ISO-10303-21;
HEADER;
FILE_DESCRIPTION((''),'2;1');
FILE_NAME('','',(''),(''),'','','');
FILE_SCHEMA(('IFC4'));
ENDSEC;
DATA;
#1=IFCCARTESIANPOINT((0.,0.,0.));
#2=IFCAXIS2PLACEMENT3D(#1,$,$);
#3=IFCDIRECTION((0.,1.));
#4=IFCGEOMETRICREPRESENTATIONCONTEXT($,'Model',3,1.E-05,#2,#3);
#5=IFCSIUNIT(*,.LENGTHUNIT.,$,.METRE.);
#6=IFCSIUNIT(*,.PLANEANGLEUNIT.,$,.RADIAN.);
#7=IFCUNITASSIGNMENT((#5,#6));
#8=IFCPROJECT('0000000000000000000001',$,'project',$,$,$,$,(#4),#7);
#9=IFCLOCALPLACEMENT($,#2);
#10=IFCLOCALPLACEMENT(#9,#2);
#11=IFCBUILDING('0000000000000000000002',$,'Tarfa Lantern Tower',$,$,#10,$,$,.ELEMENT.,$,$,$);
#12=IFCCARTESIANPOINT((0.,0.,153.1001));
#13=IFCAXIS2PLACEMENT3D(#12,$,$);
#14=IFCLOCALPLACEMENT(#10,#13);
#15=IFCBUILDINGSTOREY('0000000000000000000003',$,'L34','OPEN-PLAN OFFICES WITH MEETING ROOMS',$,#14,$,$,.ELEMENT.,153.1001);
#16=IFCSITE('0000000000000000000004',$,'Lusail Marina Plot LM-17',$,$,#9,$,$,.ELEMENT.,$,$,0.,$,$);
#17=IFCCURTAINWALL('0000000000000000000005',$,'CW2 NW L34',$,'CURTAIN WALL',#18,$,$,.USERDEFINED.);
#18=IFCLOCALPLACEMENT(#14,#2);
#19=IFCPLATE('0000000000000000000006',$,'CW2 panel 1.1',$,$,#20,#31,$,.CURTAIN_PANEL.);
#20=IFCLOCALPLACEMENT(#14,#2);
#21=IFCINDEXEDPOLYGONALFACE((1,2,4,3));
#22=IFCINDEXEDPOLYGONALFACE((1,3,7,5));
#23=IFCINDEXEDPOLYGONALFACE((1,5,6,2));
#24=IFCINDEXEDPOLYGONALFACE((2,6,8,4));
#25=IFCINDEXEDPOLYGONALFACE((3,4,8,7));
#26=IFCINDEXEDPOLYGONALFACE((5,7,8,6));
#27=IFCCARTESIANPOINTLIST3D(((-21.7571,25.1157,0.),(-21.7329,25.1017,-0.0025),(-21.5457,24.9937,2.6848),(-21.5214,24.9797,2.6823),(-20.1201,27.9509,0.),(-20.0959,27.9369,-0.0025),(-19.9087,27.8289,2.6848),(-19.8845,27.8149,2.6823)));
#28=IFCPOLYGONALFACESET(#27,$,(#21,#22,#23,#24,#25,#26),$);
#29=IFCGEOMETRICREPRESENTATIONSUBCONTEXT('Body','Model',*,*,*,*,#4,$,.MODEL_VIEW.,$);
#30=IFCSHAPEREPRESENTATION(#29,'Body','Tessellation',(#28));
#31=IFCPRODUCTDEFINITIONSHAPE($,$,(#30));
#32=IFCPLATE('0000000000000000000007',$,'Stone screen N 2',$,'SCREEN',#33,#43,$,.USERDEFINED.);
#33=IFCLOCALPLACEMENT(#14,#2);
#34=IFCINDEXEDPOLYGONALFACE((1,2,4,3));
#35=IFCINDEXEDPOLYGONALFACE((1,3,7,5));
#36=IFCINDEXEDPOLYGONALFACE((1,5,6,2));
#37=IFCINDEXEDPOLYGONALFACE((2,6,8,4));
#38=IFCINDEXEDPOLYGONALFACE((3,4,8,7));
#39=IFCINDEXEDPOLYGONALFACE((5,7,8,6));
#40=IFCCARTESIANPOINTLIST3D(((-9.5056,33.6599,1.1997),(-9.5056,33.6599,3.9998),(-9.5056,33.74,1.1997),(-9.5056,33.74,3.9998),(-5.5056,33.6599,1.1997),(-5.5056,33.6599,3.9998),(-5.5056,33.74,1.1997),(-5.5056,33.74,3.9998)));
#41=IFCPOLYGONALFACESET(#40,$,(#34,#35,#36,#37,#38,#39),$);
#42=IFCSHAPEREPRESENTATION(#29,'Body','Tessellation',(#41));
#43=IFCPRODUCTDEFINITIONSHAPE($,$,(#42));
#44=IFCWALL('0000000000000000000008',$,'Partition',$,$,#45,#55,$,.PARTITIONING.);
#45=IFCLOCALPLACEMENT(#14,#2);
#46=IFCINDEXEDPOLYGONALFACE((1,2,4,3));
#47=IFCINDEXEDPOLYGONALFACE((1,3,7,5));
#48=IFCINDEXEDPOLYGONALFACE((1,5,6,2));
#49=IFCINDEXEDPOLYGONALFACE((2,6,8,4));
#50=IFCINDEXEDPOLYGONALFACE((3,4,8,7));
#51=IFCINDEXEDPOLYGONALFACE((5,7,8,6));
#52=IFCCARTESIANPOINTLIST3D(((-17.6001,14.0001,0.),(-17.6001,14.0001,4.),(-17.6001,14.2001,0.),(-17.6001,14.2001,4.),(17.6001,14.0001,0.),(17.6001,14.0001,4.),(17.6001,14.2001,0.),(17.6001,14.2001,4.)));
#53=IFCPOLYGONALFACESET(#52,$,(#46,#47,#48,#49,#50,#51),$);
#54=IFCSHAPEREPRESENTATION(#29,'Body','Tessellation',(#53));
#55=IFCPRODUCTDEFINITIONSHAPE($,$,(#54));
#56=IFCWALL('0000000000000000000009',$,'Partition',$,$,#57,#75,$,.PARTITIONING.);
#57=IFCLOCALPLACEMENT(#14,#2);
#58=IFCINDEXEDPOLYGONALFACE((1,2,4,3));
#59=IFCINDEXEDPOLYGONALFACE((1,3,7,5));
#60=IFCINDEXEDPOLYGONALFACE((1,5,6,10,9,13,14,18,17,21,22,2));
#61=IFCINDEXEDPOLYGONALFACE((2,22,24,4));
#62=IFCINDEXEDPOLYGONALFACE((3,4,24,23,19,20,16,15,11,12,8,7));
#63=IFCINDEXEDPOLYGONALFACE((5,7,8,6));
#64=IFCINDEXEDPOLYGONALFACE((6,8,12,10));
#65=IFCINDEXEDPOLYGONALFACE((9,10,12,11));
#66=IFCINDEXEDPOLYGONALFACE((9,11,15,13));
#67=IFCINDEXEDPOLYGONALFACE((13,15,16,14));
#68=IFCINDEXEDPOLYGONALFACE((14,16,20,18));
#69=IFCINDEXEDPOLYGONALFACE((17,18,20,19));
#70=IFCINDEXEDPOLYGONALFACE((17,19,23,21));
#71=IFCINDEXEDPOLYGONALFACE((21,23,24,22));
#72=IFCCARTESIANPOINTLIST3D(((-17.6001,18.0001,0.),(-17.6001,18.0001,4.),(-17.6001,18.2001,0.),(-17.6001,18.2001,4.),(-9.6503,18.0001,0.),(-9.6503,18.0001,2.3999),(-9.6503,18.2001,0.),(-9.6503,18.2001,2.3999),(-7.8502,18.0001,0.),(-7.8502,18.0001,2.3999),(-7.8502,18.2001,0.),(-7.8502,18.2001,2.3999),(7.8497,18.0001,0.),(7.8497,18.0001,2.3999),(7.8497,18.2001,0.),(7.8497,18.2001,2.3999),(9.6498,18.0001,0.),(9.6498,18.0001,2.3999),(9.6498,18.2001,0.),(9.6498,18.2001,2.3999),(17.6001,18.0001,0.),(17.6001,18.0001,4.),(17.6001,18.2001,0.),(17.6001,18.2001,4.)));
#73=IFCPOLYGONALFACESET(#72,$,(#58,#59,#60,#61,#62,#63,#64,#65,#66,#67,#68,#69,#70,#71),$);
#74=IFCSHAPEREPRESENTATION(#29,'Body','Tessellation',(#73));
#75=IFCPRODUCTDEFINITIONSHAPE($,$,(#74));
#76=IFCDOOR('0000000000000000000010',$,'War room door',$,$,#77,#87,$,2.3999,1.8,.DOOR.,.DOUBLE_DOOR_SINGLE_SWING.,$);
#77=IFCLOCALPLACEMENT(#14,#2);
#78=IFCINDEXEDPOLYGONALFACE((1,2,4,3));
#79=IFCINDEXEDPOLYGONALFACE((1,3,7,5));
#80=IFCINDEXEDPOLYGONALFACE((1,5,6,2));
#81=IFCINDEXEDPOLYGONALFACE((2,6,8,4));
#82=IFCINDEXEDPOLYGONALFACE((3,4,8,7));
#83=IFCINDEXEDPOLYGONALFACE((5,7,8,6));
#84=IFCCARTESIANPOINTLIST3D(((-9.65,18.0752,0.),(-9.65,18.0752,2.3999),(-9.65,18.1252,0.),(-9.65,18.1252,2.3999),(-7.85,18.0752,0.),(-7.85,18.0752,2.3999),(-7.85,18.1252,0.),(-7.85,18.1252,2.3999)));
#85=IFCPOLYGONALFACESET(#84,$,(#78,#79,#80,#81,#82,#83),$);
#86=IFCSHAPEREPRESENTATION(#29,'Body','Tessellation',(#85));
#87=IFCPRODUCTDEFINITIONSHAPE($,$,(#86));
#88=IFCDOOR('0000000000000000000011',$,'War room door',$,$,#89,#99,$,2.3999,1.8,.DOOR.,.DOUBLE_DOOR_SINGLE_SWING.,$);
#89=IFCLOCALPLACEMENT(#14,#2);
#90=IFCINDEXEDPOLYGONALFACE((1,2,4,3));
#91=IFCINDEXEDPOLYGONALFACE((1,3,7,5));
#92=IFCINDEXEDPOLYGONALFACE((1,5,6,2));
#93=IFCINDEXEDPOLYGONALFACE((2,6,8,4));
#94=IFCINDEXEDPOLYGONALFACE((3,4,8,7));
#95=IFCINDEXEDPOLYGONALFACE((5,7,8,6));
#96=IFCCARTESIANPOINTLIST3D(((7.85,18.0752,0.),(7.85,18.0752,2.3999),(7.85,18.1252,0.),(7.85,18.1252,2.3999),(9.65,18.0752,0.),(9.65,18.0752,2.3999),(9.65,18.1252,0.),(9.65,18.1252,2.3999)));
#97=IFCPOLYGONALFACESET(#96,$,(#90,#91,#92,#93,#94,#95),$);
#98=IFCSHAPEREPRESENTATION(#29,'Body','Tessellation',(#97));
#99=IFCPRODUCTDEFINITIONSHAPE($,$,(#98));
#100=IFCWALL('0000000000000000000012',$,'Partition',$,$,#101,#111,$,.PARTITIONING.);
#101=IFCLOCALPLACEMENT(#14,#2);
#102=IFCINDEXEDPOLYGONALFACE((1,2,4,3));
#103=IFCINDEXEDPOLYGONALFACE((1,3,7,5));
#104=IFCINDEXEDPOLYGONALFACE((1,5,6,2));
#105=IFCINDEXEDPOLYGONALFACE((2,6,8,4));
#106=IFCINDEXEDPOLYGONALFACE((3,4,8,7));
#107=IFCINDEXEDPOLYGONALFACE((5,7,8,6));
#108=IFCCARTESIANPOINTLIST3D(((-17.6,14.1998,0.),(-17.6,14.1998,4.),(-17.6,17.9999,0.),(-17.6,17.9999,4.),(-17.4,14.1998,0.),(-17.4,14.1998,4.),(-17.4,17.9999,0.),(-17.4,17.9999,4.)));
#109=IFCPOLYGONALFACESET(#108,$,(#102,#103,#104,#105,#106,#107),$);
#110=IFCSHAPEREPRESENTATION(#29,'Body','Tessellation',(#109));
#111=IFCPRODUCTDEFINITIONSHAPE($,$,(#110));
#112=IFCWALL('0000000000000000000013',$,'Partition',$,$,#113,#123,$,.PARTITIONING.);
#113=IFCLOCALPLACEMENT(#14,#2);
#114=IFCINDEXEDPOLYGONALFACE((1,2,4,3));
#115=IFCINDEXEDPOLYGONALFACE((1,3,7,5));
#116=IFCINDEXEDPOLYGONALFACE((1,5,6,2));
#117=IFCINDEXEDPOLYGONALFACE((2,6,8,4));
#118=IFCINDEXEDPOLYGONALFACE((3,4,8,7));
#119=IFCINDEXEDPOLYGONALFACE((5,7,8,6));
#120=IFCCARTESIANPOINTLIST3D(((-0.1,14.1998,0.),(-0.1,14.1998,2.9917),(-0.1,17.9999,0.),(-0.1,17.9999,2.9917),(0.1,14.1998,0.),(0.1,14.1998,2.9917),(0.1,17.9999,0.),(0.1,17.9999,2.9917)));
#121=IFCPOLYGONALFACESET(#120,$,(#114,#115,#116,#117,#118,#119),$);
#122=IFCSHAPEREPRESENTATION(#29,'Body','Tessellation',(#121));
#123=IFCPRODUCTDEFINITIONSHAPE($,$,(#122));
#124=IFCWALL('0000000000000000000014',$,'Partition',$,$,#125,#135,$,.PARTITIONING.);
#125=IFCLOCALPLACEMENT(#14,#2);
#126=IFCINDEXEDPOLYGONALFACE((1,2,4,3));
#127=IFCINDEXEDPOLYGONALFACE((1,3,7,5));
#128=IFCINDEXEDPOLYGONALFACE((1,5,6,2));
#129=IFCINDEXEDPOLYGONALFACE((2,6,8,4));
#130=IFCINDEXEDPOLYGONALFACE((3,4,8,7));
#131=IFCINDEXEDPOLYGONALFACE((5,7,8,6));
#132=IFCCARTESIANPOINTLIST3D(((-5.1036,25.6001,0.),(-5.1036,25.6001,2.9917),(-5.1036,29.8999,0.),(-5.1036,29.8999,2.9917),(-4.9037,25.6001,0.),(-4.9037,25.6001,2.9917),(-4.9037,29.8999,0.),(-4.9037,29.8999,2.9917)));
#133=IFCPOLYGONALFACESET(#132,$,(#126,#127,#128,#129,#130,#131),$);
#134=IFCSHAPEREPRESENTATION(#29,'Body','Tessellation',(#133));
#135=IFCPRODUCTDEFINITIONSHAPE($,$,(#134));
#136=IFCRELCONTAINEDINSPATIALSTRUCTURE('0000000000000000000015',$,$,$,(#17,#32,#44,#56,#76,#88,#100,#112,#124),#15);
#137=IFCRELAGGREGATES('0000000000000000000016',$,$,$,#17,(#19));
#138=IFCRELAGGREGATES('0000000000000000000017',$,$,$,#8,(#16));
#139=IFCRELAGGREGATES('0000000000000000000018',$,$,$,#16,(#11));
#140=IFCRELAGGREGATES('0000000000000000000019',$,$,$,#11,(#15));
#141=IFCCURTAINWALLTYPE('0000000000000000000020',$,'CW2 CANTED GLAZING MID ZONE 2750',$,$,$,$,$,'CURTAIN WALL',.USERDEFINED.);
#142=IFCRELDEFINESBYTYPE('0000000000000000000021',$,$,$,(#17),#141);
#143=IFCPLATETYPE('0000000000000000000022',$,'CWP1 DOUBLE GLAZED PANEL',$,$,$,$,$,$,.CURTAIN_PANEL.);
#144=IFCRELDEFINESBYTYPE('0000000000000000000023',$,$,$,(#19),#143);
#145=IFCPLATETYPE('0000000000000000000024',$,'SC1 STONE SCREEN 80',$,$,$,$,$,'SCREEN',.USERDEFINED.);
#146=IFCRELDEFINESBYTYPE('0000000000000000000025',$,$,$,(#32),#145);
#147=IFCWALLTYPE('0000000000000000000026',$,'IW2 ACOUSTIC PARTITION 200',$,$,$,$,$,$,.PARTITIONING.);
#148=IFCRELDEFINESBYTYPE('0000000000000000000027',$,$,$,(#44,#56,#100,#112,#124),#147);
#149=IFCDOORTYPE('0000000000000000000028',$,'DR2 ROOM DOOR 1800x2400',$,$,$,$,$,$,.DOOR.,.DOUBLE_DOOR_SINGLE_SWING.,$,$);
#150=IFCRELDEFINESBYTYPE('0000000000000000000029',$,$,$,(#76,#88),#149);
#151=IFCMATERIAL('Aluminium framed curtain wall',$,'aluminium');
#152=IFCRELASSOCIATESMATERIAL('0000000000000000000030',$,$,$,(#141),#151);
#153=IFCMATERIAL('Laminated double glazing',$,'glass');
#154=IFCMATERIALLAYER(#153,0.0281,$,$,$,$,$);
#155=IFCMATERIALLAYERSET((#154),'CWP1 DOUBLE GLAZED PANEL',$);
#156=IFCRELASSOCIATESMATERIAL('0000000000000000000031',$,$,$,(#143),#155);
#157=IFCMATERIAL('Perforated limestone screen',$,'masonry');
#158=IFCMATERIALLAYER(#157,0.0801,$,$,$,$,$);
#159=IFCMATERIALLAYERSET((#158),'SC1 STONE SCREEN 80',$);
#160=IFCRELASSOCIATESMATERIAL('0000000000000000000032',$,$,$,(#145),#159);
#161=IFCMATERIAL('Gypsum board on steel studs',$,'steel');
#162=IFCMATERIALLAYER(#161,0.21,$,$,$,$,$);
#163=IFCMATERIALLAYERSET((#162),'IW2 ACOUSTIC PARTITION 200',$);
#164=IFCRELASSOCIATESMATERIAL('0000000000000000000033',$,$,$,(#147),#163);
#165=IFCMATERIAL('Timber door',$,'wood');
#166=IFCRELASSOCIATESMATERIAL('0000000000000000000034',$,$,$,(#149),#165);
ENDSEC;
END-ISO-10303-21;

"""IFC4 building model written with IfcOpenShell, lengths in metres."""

from ifc_helpers import new_model, si_unit, direction, frame, frame_2d, origin, origin_2d, place, context, subcontext, project, spatial, polyline, rectangle, outline, extrude, material, layer, layer_set, type_object, element, fill, aggregate, save


model = new_model("IFC4")

# Units and contexts
model_context = context("Model", 3, precision=1e-05, world=origin(), true_north=direction((0.0, 1.0)))
body_context = subcontext(model_context, "Body", "Model", "MODEL_VIEW")
ifc_project = project(units=[si_unit("LENGTHUNIT", "METRE"), si_unit("PLANEANGLEUNIT", "RADIAN")], contexts=[model_context])

# Site, building, storey
site_placement = place(None, origin())
site = spatial("IfcSite", under=ifc_project, at=site_placement, Name="Lusail Marina Plot LM-17", CompositionType="ELEMENT", RefElevation=0.0)
building_placement = place(site_placement, origin())
building = spatial("IfcBuilding", under=site, at=building_placement, Name="Tarfa Lantern Tower", CompositionType="ELEMENT")
storey_placement = place(building_placement, frame((0.0, 0.0, 153.1001)))
storey = spatial("IfcBuildingStorey", under=building, at=storey_placement, Name="L34", Description="OPEN-PLAN OFFICES WITH MEETING ROOMS", CompositionType="ELEMENT", Elevation=153.1001)

# Curtain wall
ifc_material_1 = material(Name="Aluminium framed curtain wall", Category="aluminium")
curtain_wall_type = type_object("IfcCurtainWallType", Name="CW2 CANTED GLAZING MID ZONE 2750", ElementType="CURTAIN WALL", PredefinedType="USERDEFINED", material=ifc_material_1)
curtain_wall_placement = place(storey_placement, origin())
curtain_wall = element("IfcCurtainWall", 1, at=curtain_wall_placement, inside=storey, type_object=curtain_wall_type, Name="CW2 NW L34", ObjectType="CURTAIN WALL", PredefinedType="USERDEFINED")

# Plates
ifc_material_2 = material(Name="Laminated double glazing", Category="glass")
ifc_layer_1 = layer(ifc_material_2, 0.0281)
ifc_layer_set_1 = layer_set([ifc_layer_1], Name="CWP1 DOUBLE GLAZED PANEL")
plate_type_1 = type_object("IfcPlateType", Name="CWP1 DOUBLE GLAZED PANEL", PredefinedType="CURTAIN_PANEL", material=ifc_layer_set_1)
plate_1_placement = place(storey_placement, frame((-20.1201, 27.9509, 0.0), z_axis=(-0.86246, 0.497958, 0.090558), x_axis=(-0.500013, -0.866018, 0.0)))
plate_1 = element("IfcPlate", 2, at=plate_1_placement, type_object=plate_type_1, Name="CW2 panel 1.1", PredefinedType="CURTAIN_PANEL", context=body_context, shape_type="SweptSolid", body=[
    extrude(outline(polyline([(0.0, 0.0), (3.2738, 0.0), (3.2738, 2.6959), (0.0, 2.6959), (0.0, 0.0)])), origin(), (0.0, 0.0, -1.0), 0.0281),
])
aggregate(curtain_wall, [plate_1])
ifc_material_3 = material(Name="Perforated limestone screen", Category="masonry")
ifc_layer_2 = layer(ifc_material_3, 0.0801)
ifc_layer_set_2 = layer_set([ifc_layer_2], Name="SC1 STONE SCREEN 80")
plate_type_2 = type_object("IfcPlateType", Name="SC1 STONE SCREEN 80", ElementType="SCREEN", PredefinedType="USERDEFINED", material=ifc_layer_set_2)
plate_2_placement = place(storey_placement, frame((-7.5056, 33.7, 1.1997), z_axis=(0.0, 0.0, 1.0), x_axis=(-1.0, 0.0, 0.0)))
element("IfcPlate", 3, at=plate_2_placement, inside=storey, type_object=plate_type_2, Name="Stone screen N 2", ObjectType="SCREEN", PredefinedType="USERDEFINED", context=body_context, shape_type="SweptSolid", body=[
    extrude(rectangle(XDim=4.0, YDim=0.0801, at=origin_2d()), origin(), (0.0, 0.0, 1.0), 2.8),
])

# Wall
ifc_material_4 = material(Name="Gypsum board on steel studs", Category="steel")
ifc_layer_3 = layer(ifc_material_4, 0.21)
ifc_layer_set_3 = layer_set([ifc_layer_3], Name="IW2 ACOUSTIC PARTITION 200")
wall_type = type_object("IfcWallType", Name="IW2 ACOUSTIC PARTITION 200", PredefinedType="PARTITIONING", material=ifc_layer_set_3)
wall_1_placement = place(storey_placement, frame((-17.6001, 14.1001, 0.0), z_axis=(0.0, 0.0, 1.0), x_axis=(1.0, 0.0, 0.0)))
element("IfcWall", 4, at=wall_1_placement, inside=storey, type_object=wall_type, Name="Partition", PredefinedType="PARTITIONING", context=body_context, shape_type="SweptSolid", body=[
    extrude(rectangle(XDim=35.2002, YDim=0.2, at=frame_2d((17.6001, 0.0))), origin(), (0.0, 0.0, 1.0), 4.0),
])

# Wall, openings, doors
wall_2_placement = place(storey_placement, frame((-17.6001, 18.1001, 0.0), z_axis=(0.0, 0.0, 1.0), x_axis=(1.0, 0.0, 0.0)))
wall_2 = element("IfcWall", 5, at=wall_2_placement, inside=storey, type_object=wall_type, Name="Partition", PredefinedType="PARTITIONING", context=body_context, shape_type="SweptSolid", body=[
    extrude(rectangle(XDim=35.2002, YDim=0.2, at=frame_2d((17.6001, 0.0))), origin(), (0.0, 0.0, 1.0), 4.0),
])
opening_1_placement = place(wall_2_placement, frame((7.95, 0.0, 0.0)))
opening_1 = element("IfcOpeningElement", 6, at=opening_1_placement, cuts=wall_2, PredefinedType="OPENING", context=body_context, shape_type="SweptSolid", body=[
    extrude(rectangle(XDim=1.8, YDim=2.3999, at=frame_2d((0.8999, 1.2))), frame((0.0, 0.1099, 0.0), z_axis=(0.0, -1.0, 0.0), x_axis=(1.0, 0.0, 0.0)), (0.0, 0.0, 1.0), 0.22),
])
opening_2_placement = place(wall_2_placement, frame((25.45, 0.0, 0.0)))
opening_2 = element("IfcOpeningElement", 7, at=opening_2_placement, cuts=wall_2, PredefinedType="OPENING", context=body_context, shape_type="SweptSolid", body=[
    extrude(rectangle(XDim=1.8, YDim=2.3999, at=frame_2d((0.8999, 1.2))), frame((0.0, 0.1099, 0.0), z_axis=(0.0, -1.0, 0.0), x_axis=(1.0, 0.0, 0.0)), (0.0, 0.0, 1.0), 0.22),
])
ifc_material_5 = material(Name="Timber door", Category="wood")
door_type = type_object("IfcDoorType", Name="DR2 ROOM DOOR 1800x2400", OperationType="DOUBLE_DOOR_SINGLE_SWING", PredefinedType="DOOR", material=ifc_material_5)
door_1_placement = place(opening_1_placement, frame((1.8, 0.0, 0.0), z_axis=(0.0, 0.0, 1.0), x_axis=(-1.0, 0.0, 0.0)))
door_1 = element("IfcDoor", 8, at=door_1_placement, inside=storey, type_object=door_type, Name="War room door", OperationType="DOUBLE_DOOR_SINGLE_SWING", OverallHeight=2.3999, OverallWidth=1.8, PredefinedType="DOOR", context=body_context, shape_type="SweptSolid", body=[
    extrude(rectangle(XDim=1.8, YDim=2.3999, at=frame_2d((0.8999, 1.2))), frame((0.0, 0.0249, 0.0), z_axis=(0.0, -1.0, 0.0), x_axis=(1.0, 0.0, 0.0)), (0.0, 0.0, 1.0), 0.05),
])
fill(opening_1, door_1)
door_2_placement = place(opening_2_placement, frame((1.8, 0.0, 0.0), z_axis=(0.0, 0.0, 1.0), x_axis=(-1.0, 0.0, 0.0)))
door_2 = element("IfcDoor", 9, at=door_2_placement, inside=storey, type_object=door_type, Name="War room door", OperationType="DOUBLE_DOOR_SINGLE_SWING", OverallHeight=2.3999, OverallWidth=1.8, PredefinedType="DOOR", context=body_context, shape_type="SweptSolid", body=[
    extrude(rectangle(XDim=1.8, YDim=2.3999, at=frame_2d((0.8999, 1.2))), frame((0.0, 0.0249, 0.0), z_axis=(0.0, -1.0, 0.0), x_axis=(1.0, 0.0, 0.0)), (0.0, 0.0, 1.0), 0.05),
])
fill(opening_2, door_2)

# Walls
wall_3_placement = place(storey_placement, frame((-17.5, 14.2, 0.0), z_axis=(0.0, 0.0, 1.0), x_axis=(0.0, 1.0, 0.0)))
element("IfcWall", 10, at=wall_3_placement, inside=storey, type_object=wall_type, Name="Partition", PredefinedType="PARTITIONING", context=body_context, shape_type="SweptSolid", body=[
    extrude(rectangle(XDim=3.8, YDim=0.2, at=frame_2d((1.8999, 0.0))), origin(), (0.0, 0.0, 1.0), 4.0),
])
wall_4_placement = place(storey_placement, frame((0.0, 14.2, 0.0), z_axis=(0.0, 0.0, 1.0), x_axis=(0.0, 1.0, 0.0)))
element("IfcWall", 11, at=wall_4_placement, inside=storey, type_object=wall_type, Name="Partition", PredefinedType="PARTITIONING", context=body_context, shape_type="SweptSolid", body=[
    extrude(rectangle(XDim=3.8, YDim=0.2, at=frame_2d((1.8999, 0.0))), origin(), (0.0, 0.0, 1.0), 2.9917),
])
wall_5_placement = place(storey_placement, frame((-5.0037, 25.6001, 0.0), z_axis=(0.0, 0.0, 1.0), x_axis=(0.0, 1.0, 0.0)))
element("IfcWall", 12, at=wall_5_placement, inside=storey, type_object=wall_type, Name="Partition", PredefinedType="PARTITIONING", context=body_context, shape_type="SweptSolid", body=[
    extrude(rectangle(XDim=4.2998, YDim=0.2, at=frame_2d((2.1499, 0.0))), origin(), (0.0, 0.0, 1.0), 2.9917),
])

save(model, "model.ifc")
